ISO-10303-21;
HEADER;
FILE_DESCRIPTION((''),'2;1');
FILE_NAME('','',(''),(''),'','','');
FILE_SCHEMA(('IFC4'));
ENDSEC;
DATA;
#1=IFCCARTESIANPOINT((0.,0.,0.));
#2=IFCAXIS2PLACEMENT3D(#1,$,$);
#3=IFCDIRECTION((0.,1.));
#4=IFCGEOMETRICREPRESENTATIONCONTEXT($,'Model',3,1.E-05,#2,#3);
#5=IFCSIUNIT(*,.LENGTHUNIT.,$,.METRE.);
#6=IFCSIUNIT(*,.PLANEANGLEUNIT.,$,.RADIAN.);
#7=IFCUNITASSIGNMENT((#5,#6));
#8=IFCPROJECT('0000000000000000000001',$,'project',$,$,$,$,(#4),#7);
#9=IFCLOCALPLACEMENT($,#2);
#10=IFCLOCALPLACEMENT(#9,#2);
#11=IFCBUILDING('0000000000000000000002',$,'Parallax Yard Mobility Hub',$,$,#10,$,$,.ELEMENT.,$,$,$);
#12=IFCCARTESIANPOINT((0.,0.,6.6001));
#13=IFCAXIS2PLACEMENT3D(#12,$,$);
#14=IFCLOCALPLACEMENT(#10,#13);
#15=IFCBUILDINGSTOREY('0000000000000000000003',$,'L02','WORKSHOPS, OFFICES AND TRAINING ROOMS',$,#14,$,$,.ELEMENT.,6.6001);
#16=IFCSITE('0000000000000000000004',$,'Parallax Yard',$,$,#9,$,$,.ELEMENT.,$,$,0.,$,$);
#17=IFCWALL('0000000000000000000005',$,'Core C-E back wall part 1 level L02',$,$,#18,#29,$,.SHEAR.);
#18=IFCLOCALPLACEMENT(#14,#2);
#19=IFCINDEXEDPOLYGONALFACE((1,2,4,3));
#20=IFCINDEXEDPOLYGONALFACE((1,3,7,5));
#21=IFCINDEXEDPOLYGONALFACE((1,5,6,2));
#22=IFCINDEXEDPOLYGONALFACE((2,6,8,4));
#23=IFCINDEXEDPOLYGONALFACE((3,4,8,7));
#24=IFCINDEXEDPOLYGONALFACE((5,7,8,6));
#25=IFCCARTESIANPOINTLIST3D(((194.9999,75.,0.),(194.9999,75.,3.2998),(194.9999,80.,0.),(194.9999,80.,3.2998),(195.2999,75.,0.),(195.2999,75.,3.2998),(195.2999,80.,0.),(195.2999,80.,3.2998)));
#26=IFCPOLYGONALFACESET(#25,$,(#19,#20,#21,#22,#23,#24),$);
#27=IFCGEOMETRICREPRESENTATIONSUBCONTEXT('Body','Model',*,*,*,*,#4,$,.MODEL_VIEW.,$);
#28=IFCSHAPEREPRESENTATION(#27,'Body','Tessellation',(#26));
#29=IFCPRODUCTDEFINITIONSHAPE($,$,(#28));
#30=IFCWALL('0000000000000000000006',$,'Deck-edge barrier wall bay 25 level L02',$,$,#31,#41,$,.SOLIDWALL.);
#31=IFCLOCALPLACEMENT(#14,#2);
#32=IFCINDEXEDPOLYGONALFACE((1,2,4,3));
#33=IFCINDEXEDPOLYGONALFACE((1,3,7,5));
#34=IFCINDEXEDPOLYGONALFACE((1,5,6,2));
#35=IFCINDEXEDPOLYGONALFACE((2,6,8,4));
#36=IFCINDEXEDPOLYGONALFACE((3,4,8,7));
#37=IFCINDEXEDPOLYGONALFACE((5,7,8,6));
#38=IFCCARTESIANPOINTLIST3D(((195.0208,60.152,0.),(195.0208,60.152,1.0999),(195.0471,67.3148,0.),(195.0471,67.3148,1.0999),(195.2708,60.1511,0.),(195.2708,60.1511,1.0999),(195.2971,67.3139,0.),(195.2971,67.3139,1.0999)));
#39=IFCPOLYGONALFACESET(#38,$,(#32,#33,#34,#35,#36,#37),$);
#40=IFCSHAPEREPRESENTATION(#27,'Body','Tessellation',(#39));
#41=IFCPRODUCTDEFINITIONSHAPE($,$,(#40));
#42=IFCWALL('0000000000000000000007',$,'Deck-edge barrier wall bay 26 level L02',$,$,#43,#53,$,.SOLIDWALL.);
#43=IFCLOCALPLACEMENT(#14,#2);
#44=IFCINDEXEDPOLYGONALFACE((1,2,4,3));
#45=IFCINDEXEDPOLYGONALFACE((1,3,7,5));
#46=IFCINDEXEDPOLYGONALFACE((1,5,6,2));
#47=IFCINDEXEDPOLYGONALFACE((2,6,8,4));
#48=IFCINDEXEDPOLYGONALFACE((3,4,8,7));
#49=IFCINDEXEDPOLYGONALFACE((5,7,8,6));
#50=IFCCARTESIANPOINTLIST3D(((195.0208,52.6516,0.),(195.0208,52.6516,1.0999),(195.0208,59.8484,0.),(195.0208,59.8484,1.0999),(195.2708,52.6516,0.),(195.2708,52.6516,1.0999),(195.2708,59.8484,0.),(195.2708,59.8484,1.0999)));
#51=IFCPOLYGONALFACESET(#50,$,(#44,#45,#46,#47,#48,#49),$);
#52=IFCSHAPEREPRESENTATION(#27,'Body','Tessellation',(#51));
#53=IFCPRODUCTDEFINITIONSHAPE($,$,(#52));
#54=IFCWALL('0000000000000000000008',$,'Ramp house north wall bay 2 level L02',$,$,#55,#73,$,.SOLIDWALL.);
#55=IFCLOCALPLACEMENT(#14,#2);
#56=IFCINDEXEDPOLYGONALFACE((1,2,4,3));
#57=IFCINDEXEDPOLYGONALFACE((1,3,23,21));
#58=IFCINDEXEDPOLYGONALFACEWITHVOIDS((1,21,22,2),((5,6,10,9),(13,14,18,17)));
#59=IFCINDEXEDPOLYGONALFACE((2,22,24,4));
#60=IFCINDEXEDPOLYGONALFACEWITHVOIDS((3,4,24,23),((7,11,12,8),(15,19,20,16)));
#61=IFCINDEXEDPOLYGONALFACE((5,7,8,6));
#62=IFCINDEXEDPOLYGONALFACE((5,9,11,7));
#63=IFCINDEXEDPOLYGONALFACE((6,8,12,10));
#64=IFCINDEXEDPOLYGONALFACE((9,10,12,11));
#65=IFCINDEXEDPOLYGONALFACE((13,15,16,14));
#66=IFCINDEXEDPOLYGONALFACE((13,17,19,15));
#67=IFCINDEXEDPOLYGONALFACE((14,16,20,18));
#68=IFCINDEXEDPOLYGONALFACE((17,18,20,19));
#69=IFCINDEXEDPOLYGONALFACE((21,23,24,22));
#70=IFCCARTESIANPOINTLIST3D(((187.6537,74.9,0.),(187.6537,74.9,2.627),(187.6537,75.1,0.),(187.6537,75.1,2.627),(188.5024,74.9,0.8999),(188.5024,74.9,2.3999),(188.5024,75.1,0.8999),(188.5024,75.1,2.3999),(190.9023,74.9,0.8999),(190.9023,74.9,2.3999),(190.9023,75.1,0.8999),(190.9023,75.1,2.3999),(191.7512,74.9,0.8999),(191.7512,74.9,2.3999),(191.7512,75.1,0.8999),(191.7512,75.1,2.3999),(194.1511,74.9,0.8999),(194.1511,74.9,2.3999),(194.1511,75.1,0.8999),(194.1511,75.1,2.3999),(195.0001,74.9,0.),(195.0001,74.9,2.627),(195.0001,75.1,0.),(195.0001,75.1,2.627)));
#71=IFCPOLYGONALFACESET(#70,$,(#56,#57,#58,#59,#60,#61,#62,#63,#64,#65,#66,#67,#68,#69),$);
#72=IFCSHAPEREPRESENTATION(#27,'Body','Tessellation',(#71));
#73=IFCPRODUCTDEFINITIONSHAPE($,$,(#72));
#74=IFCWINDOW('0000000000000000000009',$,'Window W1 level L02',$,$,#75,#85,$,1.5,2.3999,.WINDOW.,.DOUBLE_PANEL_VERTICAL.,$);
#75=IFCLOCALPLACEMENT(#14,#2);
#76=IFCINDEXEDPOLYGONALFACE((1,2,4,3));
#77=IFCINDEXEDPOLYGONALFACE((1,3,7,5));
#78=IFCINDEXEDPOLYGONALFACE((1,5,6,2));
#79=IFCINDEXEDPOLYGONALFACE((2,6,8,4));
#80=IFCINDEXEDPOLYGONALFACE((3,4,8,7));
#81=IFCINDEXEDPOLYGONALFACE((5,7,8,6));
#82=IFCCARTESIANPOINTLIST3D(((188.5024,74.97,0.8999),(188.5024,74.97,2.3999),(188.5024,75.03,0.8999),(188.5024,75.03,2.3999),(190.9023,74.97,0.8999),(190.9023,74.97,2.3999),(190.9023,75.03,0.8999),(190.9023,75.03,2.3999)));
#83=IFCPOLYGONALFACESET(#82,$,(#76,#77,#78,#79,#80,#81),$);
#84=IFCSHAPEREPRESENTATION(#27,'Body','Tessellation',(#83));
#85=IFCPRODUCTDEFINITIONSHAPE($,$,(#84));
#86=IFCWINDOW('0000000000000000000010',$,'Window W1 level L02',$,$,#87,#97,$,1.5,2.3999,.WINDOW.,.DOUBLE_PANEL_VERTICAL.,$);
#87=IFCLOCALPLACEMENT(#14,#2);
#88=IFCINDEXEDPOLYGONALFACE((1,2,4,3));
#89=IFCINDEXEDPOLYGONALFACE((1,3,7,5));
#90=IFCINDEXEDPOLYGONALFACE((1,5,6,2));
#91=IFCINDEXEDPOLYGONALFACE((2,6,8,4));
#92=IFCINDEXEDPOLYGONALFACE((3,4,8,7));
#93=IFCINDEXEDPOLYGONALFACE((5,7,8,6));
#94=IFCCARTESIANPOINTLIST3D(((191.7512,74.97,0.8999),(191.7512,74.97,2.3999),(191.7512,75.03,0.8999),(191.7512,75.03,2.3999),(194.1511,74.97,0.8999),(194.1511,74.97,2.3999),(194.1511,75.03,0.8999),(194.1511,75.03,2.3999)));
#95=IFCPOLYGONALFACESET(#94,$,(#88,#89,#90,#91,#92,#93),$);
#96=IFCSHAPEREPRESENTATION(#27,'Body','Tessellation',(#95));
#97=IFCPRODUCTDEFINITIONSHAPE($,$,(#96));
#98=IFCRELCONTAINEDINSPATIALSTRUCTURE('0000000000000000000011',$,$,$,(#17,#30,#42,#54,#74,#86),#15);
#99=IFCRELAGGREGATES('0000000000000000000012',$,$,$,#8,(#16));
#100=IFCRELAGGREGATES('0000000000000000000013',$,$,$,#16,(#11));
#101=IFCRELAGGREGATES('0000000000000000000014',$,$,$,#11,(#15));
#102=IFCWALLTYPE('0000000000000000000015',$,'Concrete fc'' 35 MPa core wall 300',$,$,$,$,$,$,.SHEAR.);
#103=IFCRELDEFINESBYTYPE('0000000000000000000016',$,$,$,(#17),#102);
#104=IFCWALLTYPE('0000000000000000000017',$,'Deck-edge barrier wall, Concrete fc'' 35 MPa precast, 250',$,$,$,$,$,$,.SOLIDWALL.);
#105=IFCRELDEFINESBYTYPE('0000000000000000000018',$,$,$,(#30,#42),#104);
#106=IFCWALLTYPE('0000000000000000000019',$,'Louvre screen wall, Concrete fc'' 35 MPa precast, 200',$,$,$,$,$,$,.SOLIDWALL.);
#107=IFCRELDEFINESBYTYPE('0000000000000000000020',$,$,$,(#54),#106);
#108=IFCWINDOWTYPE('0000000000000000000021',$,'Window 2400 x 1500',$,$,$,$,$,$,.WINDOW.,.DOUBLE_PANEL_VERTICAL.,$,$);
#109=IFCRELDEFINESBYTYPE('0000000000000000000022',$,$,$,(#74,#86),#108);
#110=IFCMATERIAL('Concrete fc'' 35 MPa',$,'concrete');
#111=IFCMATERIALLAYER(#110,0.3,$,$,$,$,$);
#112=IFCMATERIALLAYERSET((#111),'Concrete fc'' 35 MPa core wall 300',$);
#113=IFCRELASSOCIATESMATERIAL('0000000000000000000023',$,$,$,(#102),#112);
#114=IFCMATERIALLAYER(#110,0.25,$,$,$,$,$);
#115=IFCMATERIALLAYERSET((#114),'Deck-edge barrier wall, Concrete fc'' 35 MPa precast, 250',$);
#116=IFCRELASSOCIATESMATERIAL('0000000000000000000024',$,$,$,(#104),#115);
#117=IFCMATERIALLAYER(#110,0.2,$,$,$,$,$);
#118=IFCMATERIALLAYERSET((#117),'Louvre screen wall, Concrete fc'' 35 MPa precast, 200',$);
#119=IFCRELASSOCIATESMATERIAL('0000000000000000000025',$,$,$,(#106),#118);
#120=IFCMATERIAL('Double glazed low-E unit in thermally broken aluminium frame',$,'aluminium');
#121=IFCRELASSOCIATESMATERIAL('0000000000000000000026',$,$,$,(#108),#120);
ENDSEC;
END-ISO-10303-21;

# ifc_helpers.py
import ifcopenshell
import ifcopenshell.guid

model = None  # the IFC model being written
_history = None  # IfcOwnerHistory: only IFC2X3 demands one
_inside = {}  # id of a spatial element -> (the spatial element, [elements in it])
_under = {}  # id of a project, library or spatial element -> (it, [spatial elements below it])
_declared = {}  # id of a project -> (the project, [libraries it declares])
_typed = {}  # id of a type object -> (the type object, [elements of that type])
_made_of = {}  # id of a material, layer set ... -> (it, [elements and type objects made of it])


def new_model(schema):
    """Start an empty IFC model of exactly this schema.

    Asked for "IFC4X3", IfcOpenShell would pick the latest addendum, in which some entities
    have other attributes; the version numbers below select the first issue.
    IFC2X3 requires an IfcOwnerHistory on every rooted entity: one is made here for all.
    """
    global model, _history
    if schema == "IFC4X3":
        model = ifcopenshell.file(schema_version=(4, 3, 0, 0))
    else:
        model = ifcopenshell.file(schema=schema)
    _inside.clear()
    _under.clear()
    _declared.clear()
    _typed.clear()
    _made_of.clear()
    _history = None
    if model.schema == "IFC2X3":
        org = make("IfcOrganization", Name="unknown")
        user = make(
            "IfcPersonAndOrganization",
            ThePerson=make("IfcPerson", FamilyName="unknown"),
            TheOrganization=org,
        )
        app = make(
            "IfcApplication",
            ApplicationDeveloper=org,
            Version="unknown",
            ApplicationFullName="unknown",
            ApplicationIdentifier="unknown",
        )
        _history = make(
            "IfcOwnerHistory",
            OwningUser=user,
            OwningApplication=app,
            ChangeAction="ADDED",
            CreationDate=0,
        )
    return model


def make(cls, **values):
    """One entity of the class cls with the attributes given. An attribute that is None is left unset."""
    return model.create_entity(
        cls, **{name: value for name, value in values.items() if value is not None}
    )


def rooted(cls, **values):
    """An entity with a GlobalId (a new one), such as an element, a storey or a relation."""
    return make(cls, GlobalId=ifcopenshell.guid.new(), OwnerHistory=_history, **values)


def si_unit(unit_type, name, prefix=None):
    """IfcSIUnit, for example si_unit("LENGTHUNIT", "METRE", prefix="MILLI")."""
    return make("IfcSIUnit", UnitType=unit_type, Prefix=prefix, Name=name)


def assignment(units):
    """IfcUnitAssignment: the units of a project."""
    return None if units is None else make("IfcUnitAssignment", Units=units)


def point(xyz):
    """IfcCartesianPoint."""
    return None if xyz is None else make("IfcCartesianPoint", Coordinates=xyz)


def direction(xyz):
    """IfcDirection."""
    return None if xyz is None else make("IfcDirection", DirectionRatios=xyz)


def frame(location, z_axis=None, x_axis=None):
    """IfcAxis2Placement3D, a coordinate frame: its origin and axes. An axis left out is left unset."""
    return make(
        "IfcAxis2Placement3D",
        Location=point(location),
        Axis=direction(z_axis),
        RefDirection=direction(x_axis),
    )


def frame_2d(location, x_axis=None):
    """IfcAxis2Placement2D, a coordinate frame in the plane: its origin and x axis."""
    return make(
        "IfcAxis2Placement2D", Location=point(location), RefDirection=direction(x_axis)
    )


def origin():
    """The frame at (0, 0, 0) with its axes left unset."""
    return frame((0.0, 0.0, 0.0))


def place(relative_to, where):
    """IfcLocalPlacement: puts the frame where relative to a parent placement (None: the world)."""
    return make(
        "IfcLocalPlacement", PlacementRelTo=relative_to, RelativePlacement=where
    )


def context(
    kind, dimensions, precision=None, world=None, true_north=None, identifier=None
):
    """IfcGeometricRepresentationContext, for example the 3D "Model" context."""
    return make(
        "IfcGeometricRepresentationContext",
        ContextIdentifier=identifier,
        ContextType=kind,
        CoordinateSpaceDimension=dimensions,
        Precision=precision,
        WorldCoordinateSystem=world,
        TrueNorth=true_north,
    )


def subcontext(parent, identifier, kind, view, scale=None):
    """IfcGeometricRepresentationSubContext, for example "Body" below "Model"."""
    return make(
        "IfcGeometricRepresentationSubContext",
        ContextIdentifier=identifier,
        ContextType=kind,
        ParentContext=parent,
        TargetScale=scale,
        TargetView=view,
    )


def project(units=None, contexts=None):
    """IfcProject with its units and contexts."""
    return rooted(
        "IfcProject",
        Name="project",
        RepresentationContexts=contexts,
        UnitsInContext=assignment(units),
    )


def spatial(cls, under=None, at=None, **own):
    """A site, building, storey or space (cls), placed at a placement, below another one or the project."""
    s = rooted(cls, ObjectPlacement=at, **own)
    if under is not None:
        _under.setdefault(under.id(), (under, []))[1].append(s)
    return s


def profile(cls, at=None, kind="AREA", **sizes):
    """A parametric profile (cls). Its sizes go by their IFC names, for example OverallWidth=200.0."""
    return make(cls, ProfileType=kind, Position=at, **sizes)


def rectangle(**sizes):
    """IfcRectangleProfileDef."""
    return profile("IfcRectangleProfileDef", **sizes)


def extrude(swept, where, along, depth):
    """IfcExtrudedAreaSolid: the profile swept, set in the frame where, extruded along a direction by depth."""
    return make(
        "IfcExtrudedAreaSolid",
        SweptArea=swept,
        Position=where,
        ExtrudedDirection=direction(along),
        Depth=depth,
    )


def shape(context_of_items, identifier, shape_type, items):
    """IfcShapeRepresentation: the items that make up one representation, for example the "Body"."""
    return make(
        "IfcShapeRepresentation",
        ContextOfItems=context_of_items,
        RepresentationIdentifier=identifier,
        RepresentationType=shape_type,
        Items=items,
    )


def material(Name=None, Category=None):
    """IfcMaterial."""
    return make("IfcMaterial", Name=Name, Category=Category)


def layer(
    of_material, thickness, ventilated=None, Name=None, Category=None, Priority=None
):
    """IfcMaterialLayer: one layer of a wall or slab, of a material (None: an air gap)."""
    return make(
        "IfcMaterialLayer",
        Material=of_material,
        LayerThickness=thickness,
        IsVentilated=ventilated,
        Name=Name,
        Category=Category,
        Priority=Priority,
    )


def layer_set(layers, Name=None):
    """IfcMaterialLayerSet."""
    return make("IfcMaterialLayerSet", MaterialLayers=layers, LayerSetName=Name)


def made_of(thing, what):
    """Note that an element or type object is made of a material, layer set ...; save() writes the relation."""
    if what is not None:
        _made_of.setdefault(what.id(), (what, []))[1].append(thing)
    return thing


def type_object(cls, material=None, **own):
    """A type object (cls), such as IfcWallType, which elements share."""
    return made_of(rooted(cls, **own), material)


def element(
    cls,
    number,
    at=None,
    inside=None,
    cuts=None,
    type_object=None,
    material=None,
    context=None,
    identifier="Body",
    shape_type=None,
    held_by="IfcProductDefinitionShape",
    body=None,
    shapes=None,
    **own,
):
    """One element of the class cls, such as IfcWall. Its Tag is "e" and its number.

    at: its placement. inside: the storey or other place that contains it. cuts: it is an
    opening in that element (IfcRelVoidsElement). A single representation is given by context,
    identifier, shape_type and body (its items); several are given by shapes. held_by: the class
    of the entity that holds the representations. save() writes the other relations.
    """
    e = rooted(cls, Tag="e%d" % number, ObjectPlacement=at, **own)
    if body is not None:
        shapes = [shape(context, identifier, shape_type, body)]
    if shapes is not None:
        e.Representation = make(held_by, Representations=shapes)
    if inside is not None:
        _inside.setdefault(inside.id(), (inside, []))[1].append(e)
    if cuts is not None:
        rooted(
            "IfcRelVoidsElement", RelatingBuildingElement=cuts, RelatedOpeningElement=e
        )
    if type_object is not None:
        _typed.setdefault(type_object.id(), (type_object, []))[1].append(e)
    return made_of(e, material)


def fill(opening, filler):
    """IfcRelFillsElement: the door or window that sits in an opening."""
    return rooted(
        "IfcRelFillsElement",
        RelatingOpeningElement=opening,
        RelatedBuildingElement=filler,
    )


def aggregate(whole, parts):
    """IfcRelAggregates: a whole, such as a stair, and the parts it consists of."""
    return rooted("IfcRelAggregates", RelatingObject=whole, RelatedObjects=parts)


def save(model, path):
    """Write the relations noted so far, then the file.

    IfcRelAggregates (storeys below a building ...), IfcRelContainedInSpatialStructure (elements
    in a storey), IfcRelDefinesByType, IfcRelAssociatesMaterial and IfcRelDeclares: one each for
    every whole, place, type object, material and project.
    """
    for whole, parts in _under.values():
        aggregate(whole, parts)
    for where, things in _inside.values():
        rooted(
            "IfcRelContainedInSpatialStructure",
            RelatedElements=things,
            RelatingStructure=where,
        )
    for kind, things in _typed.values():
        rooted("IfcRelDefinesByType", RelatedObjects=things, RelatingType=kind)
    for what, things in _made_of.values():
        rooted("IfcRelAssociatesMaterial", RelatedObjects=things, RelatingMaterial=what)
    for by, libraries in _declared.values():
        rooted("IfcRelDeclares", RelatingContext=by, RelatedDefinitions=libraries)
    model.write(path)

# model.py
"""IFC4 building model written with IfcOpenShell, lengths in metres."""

from ifc_helpers import new_model, si_unit, direction, frame, frame_2d, origin, place, context, subcontext, project, spatial, rectangle, extrude, material, layer, layer_set, type_object, element, fill, save


model = new_model("IFC4")

# Units and contexts
model_context = context("Model", 3, precision=1e-05, world=origin(), true_north=direction((0.0, 1.0)))
body_context = subcontext(model_context, "Body", "Model", "MODEL_VIEW")
ifc_project = project(units=[si_unit("LENGTHUNIT", "METRE"), si_unit("PLANEANGLEUNIT", "RADIAN")], contexts=[model_context])

# Site, building, storey
site_placement = place(None, origin())
site = spatial("IfcSite", under=ifc_project, at=site_placement, Name="Parallax Yard", CompositionType="ELEMENT", RefElevation=0.0)
building_placement = place(site_placement, origin())
building = spatial("IfcBuilding", under=site, at=building_placement, Name="Parallax Yard Mobility Hub", CompositionType="ELEMENT")
storey_placement = place(building_placement, frame((0.0, 0.0, 6.6001)))
storey = spatial("IfcBuildingStorey", under=building, at=storey_placement, Name="L02", Description="WORKSHOPS, OFFICES AND TRAINING ROOMS", CompositionType="ELEMENT", Elevation=6.6001)

# Walls
ifc_material_1 = material(Name="Concrete fc' 35 MPa", Category="concrete")
ifc_layer_1 = layer(ifc_material_1, 0.3)
ifc_layer_set_1 = layer_set([ifc_layer_1], Name="Concrete fc' 35 MPa core wall 300")
wall_type_1 = type_object("IfcWallType", Name="Concrete fc' 35 MPa core wall 300", PredefinedType="SHEAR", material=ifc_layer_set_1)
wall_1_placement = place(storey_placement, frame((195.1499, 75.0, 0.0), z_axis=(0.0, 0.0, 1.0), x_axis=(0.0, 1.0, 0.0)))
element("IfcWall", 1, at=wall_1_placement, inside=storey, type_object=wall_type_1, Name="Core C-E back wall part 1 level L02", PredefinedType="SHEAR", context=body_context, shape_type="SweptSolid", body=[
    extrude(rectangle(XDim=5.0, YDim=0.3, at=frame_2d((2.5, 0.0))), origin(), (0.0, 0.0, 1.0), 3.2998),
])
ifc_layer_2 = layer(ifc_material_1, 0.25)
ifc_layer_set_2 = layer_set([ifc_layer_2], Name="Deck-edge barrier wall, Concrete fc' 35 MPa precast, 250")
wall_type_2 = type_object("IfcWallType", Name="Deck-edge barrier wall, Concrete fc' 35 MPa precast, 250", PredefinedType="SOLIDWALL", material=ifc_layer_set_2)
wall_2_placement = place(storey_placement, frame((195.1721, 67.3145, 0.0), z_axis=(0.0, 0.0, 1.0), x_axis=(-0.003681, -0.999993, 0.0)))
element("IfcWall", 2, at=wall_2_placement, inside=storey, type_object=wall_type_2, Name="Deck-edge barrier wall bay 25 level L02", PredefinedType="SOLIDWALL", context=body_context, shape_type="SweptSolid", body=[
    extrude(rectangle(XDim=7.1628, YDim=0.25, at=frame_2d((3.5815, 0.0))), origin(), (0.0, 0.0, 1.0), 1.0999),
])
wall_3_placement = place(storey_placement, frame((195.1458, 59.8484, 0.0), z_axis=(0.0, 0.0, 1.0), x_axis=(0.0, -1.0, 0.0)))
element("IfcWall", 3, at=wall_3_placement, inside=storey, type_object=wall_type_2, Name="Deck-edge barrier wall bay 26 level L02", PredefinedType="SOLIDWALL", context=body_context, shape_type="SweptSolid", body=[
    extrude(rectangle(XDim=7.1968, YDim=0.25, at=frame_2d((3.5984, 0.0))), origin(), (0.0, 0.0, 1.0), 1.0999),
])

# Wall, openings, windows
ifc_layer_3 = layer(ifc_material_1, 0.2)
ifc_layer_set_3 = layer_set([ifc_layer_3], Name="Louvre screen wall, Concrete fc' 35 MPa precast, 200")
wall_type_3 = type_object("IfcWallType", Name="Louvre screen wall, Concrete fc' 35 MPa precast, 200", PredefinedType="SOLIDWALL", material=ifc_layer_set_3)
wall_4_placement = place(storey_placement, frame((187.6536, 75.0, 0.0), z_axis=(0.0, 0.0, 1.0), x_axis=(1.0, 0.0, 0.0)))
wall_4 = element("IfcWall", 4, at=wall_4_placement, inside=storey, type_object=wall_type_3, Name="Ramp house north wall bay 2 level L02", PredefinedType="SOLIDWALL", context=body_context, shape_type="SweptSolid", body=[
    extrude(rectangle(XDim=7.3464, YDim=0.2, at=frame_2d((3.6733, 0.0))), origin(), (0.0, 0.0, 1.0), 2.627),
])
opening_1_placement = place(wall_4_placement, frame((0.8489, 0.0, 0.8999)))
opening_1 = element("IfcOpeningElement", 5, at=opening_1_placement, cuts=wall_4, PredefinedType="OPENING", context=body_context, shape_type="SweptSolid", body=[
    extrude(rectangle(XDim=2.3999, YDim=1.5, at=frame_2d((1.2, 0.75))), frame((0.0, 0.1099, 0.0), z_axis=(0.0, -1.0, 0.0), x_axis=(1.0, 0.0, 0.0)), (0.0, 0.0, 1.0), 0.22),
])
opening_2_placement = place(wall_4_placement, frame((4.0977, 0.0, 0.8999)))
opening_2 = element("IfcOpeningElement", 6, at=opening_2_placement, cuts=wall_4, PredefinedType="OPENING", context=body_context, shape_type="SweptSolid", body=[
    extrude(rectangle(XDim=2.3999, YDim=1.5, at=frame_2d((1.2, 0.75))), frame((0.0, 0.1099, 0.0), z_axis=(0.0, -1.0, 0.0), x_axis=(1.0, 0.0, 0.0)), (0.0, 0.0, 1.0), 0.22),
])
ifc_material_2 = material(Name="Double glazed low-E unit in thermally broken aluminium frame", Category="aluminium")
window_type = type_object("IfcWindowType", Name="Window 2400 x 1500", PartitioningType="DOUBLE_PANEL_VERTICAL", PredefinedType="WINDOW", material=ifc_material_2)
window_1_placement = place(opening_1_placement, origin())
window_1 = element("IfcWindow", 7, at=window_1_placement, inside=storey, type_object=window_type, Name="Window W1 level L02", OverallHeight=1.5, OverallWidth=2.3999, PartitioningType="DOUBLE_PANEL_VERTICAL", PredefinedType="WINDOW", context=body_context, shape_type="SweptSolid", body=[
    extrude(rectangle(XDim=2.3999, YDim=1.5, at=frame_2d((1.2, 0.75))), frame((0.0, 0.03, 0.0), z_axis=(0.0, -1.0, 0.0), x_axis=(1.0, 0.0, 0.0)), (0.0, 0.0, 1.0), 0.0601),
])
fill(opening_1, window_1)
window_2_placement = place(opening_2_placement, origin())
window_2 = element("IfcWindow", 8, at=window_2_placement, inside=storey, type_object=window_type, Name="Window W1 level L02", OverallHeight=1.5, OverallWidth=2.3999, PartitioningType="DOUBLE_PANEL_VERTICAL", PredefinedType="WINDOW", context=body_context, shape_type="SweptSolid", body=[
    extrude(rectangle(XDim=2.3999, YDim=1.5, at=frame_2d((1.2, 0.75))), frame((0.0, 0.03, 0.0), z_axis=(0.0, -1.0, 0.0), x_axis=(1.0, 0.0, 0.0)), (0.0, 0.0, 1.0), 0.0601),
])
fill(opening_2, window_2)

save(model, "model.ifc")
